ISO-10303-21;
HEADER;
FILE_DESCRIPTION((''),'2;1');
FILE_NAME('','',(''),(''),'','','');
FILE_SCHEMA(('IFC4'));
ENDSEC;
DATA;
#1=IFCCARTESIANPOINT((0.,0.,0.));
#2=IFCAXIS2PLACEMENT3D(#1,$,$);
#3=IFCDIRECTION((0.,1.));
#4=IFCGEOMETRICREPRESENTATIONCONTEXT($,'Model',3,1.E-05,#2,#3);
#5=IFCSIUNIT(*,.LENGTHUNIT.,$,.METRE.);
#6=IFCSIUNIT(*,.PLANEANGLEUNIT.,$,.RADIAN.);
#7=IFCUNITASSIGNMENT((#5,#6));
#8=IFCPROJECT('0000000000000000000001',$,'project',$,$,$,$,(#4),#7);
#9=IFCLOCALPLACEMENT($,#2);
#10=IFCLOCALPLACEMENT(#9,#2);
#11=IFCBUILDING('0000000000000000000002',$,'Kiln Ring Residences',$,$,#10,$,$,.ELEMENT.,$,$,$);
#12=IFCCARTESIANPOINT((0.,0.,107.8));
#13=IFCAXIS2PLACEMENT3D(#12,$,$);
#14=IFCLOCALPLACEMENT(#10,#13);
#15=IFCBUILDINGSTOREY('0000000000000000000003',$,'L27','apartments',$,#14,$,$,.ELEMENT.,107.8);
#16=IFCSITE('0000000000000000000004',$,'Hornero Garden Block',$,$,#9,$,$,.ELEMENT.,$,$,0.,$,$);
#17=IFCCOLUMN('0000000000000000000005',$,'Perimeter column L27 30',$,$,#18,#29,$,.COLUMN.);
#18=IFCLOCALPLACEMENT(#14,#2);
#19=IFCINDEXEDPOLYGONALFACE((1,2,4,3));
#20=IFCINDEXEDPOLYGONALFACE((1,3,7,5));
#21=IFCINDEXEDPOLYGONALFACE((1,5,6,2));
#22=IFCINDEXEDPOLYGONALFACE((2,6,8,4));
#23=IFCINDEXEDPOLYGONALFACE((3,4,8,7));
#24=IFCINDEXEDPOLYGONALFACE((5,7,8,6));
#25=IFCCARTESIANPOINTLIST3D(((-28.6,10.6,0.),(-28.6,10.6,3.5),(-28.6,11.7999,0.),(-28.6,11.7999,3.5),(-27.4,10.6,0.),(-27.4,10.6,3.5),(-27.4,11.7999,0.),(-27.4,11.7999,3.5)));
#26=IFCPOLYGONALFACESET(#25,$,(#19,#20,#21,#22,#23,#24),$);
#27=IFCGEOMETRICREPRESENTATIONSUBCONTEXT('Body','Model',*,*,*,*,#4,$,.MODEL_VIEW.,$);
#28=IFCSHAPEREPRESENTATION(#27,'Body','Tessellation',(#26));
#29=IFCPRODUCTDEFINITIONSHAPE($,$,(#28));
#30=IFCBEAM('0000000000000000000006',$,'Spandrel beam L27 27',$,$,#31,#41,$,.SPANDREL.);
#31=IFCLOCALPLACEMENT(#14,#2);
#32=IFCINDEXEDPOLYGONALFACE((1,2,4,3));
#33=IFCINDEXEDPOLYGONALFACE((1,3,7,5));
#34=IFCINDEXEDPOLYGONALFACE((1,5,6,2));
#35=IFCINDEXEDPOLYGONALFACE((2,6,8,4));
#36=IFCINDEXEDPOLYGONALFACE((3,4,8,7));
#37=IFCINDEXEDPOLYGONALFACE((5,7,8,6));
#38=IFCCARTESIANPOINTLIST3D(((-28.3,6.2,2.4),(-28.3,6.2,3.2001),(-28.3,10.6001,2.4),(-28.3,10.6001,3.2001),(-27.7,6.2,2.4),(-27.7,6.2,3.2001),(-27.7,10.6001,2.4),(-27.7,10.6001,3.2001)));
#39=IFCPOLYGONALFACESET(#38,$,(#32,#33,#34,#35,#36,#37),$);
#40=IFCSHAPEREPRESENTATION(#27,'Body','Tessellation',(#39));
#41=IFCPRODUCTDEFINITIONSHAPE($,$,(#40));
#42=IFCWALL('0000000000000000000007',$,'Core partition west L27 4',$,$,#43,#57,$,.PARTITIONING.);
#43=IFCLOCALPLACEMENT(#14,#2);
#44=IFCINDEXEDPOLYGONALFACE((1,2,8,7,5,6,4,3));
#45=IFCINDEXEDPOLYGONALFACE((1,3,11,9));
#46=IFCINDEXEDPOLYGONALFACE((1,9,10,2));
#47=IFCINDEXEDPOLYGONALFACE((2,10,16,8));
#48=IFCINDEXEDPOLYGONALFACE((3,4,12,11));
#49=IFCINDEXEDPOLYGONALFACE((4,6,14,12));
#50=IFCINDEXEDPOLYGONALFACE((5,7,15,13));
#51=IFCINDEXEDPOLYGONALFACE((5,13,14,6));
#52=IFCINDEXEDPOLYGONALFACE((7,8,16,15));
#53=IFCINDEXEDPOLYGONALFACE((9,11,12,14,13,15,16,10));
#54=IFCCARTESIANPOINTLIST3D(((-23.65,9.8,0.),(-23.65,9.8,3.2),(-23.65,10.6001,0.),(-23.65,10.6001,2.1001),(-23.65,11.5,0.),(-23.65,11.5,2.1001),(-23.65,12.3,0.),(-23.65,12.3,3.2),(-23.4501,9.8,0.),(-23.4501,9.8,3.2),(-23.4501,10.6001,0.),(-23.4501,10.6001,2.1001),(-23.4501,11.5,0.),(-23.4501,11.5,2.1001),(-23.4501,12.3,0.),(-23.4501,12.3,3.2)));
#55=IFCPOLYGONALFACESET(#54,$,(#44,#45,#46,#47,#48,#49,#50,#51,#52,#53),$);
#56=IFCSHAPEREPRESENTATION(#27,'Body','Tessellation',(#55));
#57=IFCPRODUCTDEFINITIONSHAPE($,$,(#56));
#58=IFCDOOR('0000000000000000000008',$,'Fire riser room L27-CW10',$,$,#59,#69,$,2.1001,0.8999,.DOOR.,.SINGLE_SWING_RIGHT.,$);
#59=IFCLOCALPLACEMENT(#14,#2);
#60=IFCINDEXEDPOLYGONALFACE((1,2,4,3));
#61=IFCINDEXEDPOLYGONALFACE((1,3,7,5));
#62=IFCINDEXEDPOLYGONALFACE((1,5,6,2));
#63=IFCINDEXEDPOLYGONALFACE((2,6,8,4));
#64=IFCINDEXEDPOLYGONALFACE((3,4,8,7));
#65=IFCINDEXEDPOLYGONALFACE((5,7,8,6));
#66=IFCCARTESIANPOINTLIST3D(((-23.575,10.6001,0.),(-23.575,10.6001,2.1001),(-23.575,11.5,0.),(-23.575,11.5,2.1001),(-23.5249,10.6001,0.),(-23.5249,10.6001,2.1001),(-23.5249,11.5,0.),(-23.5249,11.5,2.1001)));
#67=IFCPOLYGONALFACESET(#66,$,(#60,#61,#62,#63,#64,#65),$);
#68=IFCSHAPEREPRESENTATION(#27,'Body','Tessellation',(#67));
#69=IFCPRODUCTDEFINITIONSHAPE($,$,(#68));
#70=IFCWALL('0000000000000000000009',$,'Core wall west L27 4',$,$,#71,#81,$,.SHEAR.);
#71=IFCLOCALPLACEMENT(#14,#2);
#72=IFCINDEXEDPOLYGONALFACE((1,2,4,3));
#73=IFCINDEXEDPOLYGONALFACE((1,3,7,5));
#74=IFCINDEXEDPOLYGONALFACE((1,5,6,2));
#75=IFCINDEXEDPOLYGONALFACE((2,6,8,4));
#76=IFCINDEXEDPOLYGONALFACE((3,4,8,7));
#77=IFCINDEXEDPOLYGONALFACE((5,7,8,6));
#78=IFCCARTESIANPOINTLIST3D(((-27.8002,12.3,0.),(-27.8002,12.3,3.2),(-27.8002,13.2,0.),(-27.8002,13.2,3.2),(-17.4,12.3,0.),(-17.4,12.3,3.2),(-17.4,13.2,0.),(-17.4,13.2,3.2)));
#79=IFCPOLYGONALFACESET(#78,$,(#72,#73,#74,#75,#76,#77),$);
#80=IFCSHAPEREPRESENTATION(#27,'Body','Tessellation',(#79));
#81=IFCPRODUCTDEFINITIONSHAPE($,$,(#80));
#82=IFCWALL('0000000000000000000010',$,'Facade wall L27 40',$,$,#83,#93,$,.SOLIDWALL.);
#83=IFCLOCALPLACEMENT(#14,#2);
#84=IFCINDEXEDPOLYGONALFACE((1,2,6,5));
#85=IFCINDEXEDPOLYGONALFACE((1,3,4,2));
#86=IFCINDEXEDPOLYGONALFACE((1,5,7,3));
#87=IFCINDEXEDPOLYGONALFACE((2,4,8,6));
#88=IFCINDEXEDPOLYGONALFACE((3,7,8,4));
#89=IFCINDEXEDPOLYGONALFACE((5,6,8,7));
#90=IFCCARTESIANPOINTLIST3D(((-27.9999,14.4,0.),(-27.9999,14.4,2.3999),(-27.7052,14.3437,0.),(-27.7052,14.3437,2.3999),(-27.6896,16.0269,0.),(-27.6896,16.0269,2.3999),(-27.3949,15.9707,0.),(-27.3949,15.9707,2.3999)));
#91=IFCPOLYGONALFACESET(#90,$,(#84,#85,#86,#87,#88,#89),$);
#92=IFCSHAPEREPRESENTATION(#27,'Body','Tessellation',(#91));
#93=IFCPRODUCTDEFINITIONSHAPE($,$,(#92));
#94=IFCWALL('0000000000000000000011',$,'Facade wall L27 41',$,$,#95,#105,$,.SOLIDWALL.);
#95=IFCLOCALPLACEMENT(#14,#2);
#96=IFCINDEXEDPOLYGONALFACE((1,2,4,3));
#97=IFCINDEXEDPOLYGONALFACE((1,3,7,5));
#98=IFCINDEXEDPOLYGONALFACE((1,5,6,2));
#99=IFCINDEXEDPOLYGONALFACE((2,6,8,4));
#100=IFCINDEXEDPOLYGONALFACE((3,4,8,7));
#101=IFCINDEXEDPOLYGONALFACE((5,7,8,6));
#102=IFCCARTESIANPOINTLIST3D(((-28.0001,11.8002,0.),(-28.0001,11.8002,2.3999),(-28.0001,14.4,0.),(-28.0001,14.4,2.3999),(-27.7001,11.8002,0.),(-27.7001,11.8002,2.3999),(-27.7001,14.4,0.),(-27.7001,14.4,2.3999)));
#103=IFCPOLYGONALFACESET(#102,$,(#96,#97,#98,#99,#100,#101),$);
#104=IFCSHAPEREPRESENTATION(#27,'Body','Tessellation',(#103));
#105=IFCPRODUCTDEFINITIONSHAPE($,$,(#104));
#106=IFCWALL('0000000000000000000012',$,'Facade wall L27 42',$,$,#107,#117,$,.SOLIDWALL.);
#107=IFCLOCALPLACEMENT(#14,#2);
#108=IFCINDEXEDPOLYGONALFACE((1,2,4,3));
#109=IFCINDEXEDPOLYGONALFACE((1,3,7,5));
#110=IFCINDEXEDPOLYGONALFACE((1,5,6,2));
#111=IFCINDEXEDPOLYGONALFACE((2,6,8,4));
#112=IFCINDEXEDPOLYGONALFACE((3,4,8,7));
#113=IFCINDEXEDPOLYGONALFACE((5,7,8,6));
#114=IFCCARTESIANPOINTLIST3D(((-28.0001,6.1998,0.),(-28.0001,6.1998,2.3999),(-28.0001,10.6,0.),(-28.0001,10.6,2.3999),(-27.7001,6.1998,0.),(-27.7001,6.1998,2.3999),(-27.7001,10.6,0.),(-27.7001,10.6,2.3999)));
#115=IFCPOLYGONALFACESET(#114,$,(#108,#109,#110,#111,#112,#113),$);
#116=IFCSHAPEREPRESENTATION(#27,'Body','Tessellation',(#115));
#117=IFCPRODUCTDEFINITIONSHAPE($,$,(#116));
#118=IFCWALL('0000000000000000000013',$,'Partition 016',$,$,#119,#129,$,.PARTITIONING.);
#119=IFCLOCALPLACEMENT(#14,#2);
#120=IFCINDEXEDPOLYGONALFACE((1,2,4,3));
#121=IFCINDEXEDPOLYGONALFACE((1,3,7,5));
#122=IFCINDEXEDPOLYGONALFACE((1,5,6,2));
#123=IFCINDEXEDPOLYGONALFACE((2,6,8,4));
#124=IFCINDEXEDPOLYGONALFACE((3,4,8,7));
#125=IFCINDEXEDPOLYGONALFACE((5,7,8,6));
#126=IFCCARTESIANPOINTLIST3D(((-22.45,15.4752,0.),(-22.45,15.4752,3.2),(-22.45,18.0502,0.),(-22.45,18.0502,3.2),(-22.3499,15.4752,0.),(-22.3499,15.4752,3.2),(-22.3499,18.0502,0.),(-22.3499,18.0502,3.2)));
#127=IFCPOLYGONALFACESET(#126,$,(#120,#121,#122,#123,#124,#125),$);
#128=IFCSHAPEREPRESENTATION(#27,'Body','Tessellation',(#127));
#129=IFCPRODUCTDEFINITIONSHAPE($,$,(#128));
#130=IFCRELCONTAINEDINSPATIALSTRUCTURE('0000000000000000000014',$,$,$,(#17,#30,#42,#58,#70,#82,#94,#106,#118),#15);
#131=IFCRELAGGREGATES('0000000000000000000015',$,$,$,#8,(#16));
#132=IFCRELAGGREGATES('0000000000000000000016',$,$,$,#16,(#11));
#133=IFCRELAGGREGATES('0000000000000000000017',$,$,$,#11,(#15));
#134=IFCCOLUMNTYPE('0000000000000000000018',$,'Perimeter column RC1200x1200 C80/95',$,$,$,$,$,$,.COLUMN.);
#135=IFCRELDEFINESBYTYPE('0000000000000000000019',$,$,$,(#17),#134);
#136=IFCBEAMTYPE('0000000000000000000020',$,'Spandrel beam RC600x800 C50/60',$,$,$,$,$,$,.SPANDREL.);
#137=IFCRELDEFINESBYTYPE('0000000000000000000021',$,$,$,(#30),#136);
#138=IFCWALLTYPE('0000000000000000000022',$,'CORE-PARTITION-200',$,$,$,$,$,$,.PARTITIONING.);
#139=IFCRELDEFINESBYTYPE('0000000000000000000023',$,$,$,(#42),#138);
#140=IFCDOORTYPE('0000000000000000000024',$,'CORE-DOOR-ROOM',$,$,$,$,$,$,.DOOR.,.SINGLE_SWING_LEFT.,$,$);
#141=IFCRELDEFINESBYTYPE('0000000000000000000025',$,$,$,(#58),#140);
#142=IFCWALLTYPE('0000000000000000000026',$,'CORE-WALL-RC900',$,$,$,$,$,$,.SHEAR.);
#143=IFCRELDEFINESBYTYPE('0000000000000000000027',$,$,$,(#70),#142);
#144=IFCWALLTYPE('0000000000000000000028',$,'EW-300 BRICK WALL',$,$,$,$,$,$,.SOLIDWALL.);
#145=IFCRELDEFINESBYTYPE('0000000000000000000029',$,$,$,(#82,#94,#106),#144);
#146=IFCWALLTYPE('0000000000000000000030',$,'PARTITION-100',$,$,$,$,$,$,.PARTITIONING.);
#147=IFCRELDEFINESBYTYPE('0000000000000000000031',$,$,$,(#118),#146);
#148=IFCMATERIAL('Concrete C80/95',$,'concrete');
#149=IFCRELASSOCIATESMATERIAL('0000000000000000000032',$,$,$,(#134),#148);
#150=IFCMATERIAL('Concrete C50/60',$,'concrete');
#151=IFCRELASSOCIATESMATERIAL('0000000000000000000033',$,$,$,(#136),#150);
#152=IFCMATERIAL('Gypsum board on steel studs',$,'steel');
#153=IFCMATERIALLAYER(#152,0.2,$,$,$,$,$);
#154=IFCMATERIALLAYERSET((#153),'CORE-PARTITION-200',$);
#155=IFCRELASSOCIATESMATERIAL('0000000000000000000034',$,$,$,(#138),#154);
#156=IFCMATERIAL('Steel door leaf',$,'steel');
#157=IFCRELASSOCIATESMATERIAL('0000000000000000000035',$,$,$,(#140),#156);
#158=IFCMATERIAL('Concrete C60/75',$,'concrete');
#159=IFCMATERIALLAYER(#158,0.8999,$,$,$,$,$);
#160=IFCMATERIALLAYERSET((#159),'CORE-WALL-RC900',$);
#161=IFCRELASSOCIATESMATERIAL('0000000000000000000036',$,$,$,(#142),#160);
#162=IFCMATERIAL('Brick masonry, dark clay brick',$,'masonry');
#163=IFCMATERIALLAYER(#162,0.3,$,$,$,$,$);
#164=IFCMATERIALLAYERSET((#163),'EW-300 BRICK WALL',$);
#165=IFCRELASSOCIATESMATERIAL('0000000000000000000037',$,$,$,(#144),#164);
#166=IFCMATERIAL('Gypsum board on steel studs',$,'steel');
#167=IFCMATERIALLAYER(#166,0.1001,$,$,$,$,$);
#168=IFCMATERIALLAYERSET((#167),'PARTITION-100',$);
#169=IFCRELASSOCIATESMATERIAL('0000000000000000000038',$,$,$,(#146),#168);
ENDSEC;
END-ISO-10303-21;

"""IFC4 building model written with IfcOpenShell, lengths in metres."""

from ifc_helpers import new_model, si_unit, direction, frame, frame_2d, origin, origin_2d, place, context, subcontext, project, spatial, rectangle, extrude, material, layer, layer_set, material_profile, profile_set, type_object, element, fill, save


model = new_model("IFC4")

# Units and contexts
model_context = context("Model", 3, precision=1e-05, world=origin(), true_north=direction((0.0, 1.0)))
body_context = subcontext(model_context, "Body", "Model", "MODEL_VIEW")
ifc_project = project(units=[si_unit("LENGTHUNIT", "METRE"), si_unit("PLANEANGLEUNIT", "RADIAN")], contexts=[model_context])

# Site, building, storey
site_placement = place(None, origin())
site = spatial("IfcSite", under=ifc_project, at=site_placement, Name="Hornero Garden Block", CompositionType="ELEMENT", RefElevation=0.0)
building_placement = place(site_placement, origin())
building = spatial("IfcBuilding", under=site, at=building_placement, Name="Kiln Ring Residences", CompositionType="ELEMENT")
storey_placement = place(building_placement, frame((0.0, 0.0, 107.8)))
storey = spatial("IfcBuildingStorey", under=building, at=storey_placement, Name="L27", Description="apartments", CompositionType="ELEMENT", Elevation=107.8)

# Column
ifc_material_1 = material(Name="Concrete C80/95", Category="concrete")
ifc_material_profile_1 = material_profile(ifc_material_1, rectangle(XDim=1.2, YDim=1.2, at=origin_2d()), Name="RC1200x1200")
ifc_profile_set_1 = profile_set([ifc_material_profile_1], Name="Concrete C80/95")
column_type = type_object("IfcColumnType", Name="Perimeter column RC1200x1200 C80/95", PredefinedType="COLUMN", material=ifc_profile_set_1)
column_placement = place(storey_placement, frame((-28.0, 11.2, 0.0), z_axis=(0.0, 0.0, 1.0), x_axis=(1.0, 0.0, 0.0)))
element("IfcColumn", 1, at=column_placement, inside=storey, type_object=column_type, Name="Perimeter column L27 30", PredefinedType="COLUMN", context=body_context, shape_type="SweptSolid", body=[
    extrude(rectangle(XDim=1.2, YDim=1.2, at=origin_2d()), origin(), (0.0, 0.0, 1.0), 3.5),
])

# Beam
ifc_material_2 = material(Name="Concrete C50/60", Category="concrete")
ifc_material_profile_2 = material_profile(ifc_material_2, rectangle(XDim=0.6001, YDim=0.8, at=origin_2d()), Name="RC600x800")
ifc_profile_set_2 = profile_set([ifc_material_profile_2], Name="Concrete C50/60")
beam_type = type_object("IfcBeamType", Name="Spandrel beam RC600x800 C50/60", PredefinedType="SPANDREL", material=ifc_profile_set_2)
beam_placement = place(storey_placement, frame((-28.0, 10.6001, 2.8), z_axis=(0.0, -1.0, 0.0), x_axis=(1.0, 0.0, 0.0)))
element("IfcBeam", 2, at=beam_placement, inside=storey, type_object=beam_type, Name="Spandrel beam L27 27", PredefinedType="SPANDREL", context=body_context, shape_type="SweptSolid", body=[
    extrude(rectangle(XDim=0.6001, YDim=0.8, at=origin_2d()), origin(), (0.0, 0.0, 1.0), 4.4001),
])

# Wall, opening, door
ifc_material_3 = material(Name="Gypsum board on steel studs", Category="steel")
ifc_layer_1 = layer(ifc_material_3, 0.2)
ifc_layer_set_1 = layer_set([ifc_layer_1], Name="CORE-PARTITION-200")
wall_type_1 = type_object("IfcWallType", Name="CORE-PARTITION-200", PredefinedType="PARTITIONING", material=ifc_layer_set_1)
wall_1_placement = place(storey_placement, frame((-23.55, 9.8, 0.0), z_axis=(0.0, 0.0, 1.0), x_axis=(0.0, 1.0, 0.0)))
wall_1 = element("IfcWall", 3, at=wall_1_placement, inside=storey, type_object=wall_type_1, Name="Core partition west L27 4", PredefinedType="PARTITIONING", context=body_context, shape_type="SweptSolid", body=[
    extrude(rectangle(XDim=2.5, YDim=0.2, at=frame_2d((1.25, 0.0))), origin(), (0.0, 0.0, 1.0), 3.2),
])
opening_1_placement = place(wall_1_placement, frame((0.8, 0.0, 0.0)))
opening_1 = element("IfcOpeningElement", 4, at=opening_1_placement, cuts=wall_1, PredefinedType="OPENING", context=body_context, shape_type="SweptSolid", body=[
    extrude(rectangle(XDim=0.8999, YDim=2.1001, at=frame_2d((0.45, 1.05))), frame((0.0, 0.1099, 0.0), z_axis=(0.0, -1.0, 0.0), x_axis=(1.0, 0.0, 0.0)), (0.0, 0.0, 1.0), 0.22),
])
ifc_material_4 = material(Name="Steel door leaf", Category="steel")
door_type_1 = type_object("IfcDoorType", Name="CORE-DOOR-ROOM", OperationType="SINGLE_SWING_LEFT", PredefinedType="DOOR", material=ifc_material_4)
door_1_placement = place(opening_1_placement, origin())
door_1 = element("IfcDoor", 5, at=door_1_placement, inside=storey, type_object=door_type_1, Name="Fire riser room L27-CW10", OperationType="SINGLE_SWING_RIGHT", OverallHeight=2.1001, OverallWidth=0.8999, PredefinedType="DOOR", context=body_context, shape_type="SweptSolid", body=[
    extrude(rectangle(XDim=0.8999, YDim=2.1001, at=frame_2d((0.45, 1.05))), frame((0.0, 0.0249, 0.0), z_axis=(0.0, -1.0, 0.0), x_axis=(1.0, 0.0, 0.0)), (0.0, 0.0, 1.0), 0.05),
])
fill(opening_1, door_1)

# Walls
ifc_material_5 = material(Name="Concrete C60/75", Category="concrete")
ifc_layer_2 = layer(ifc_material_5, 0.8999)
ifc_layer_set_2 = layer_set([ifc_layer_2], Name="CORE-WALL-RC900")
wall_type_2 = type_object("IfcWallType", Name="CORE-WALL-RC900", PredefinedType="SHEAR", material=ifc_layer_set_2)
wall_2_placement = place(storey_placement, frame((-17.3999, 12.75, 0.0), z_axis=(0.0, 0.0, 1.0), x_axis=(-1.0, 0.0, 0.0)))
element("IfcWall", 6, at=wall_2_placement, inside=storey, type_object=wall_type_2, Name="Core wall west L27 4", PredefinedType="SHEAR", context=body_context, shape_type="SweptSolid", body=[
    extrude(rectangle(XDim=10.4001, YDim=0.8999, at=frame_2d((5.2002, 0.0))), origin(), (0.0, 0.0, 1.0), 3.2),
])
ifc_material_6 = material(Name="Brick masonry, dark clay brick", Category="masonry")
ifc_layer_3 = layer(ifc_material_6, 0.3)
ifc_layer_set_3 = layer_set([ifc_layer_3], Name="EW-300 BRICK WALL")
wall_type_3 = type_object("IfcWallType", Name="EW-300 BRICK WALL", PredefinedType="SOLIDWALL", material=ifc_layer_set_3)
wall_3_placement = place(storey_placement, frame((-27.5422, 15.9988, 0.0), z_axis=(0.0, 0.0, 1.0), x_axis=(-0.187349, -0.982293, 0.0)))
element("IfcWall", 7, at=wall_3_placement, inside=storey, type_object=wall_type_3, Name="Facade wall L27 40", PredefinedType="SOLIDWALL", context=body_context, shape_type="SweptSolid", body=[
    extrude(rectangle(XDim=1.6562, YDim=0.3, at=frame_2d((0.8281, 0.0))), origin(), (0.0, 0.0, 1.0), 2.3999),
])
wall_4_placement = place(storey_placement, frame((-27.8501, 14.3999, 0.0), z_axis=(0.0, 0.0, 1.0), x_axis=(0.0, -1.0, 0.0)))
element("IfcWall", 8, at=wall_4_placement, inside=storey, type_object=wall_type_3, Name="Facade wall L27 41", PredefinedType="SOLIDWALL", context=body_context, shape_type="SweptSolid", body=[
    extrude(rectangle(XDim=2.5999, YDim=0.3, at=frame_2d((1.2998, 0.0))), origin(), (0.0, 0.0, 1.0), 2.3999),
])
wall_5_placement = place(storey_placement, frame((-27.8501, 10.6001, 0.0), z_axis=(0.0, 0.0, 1.0), x_axis=(0.0, -1.0, 0.0)))
element("IfcWall", 9, at=wall_5_placement, inside=storey, type_object=wall_type_3, Name="Facade wall L27 42", PredefinedType="SOLIDWALL", context=body_context, shape_type="SweptSolid", body=[
    extrude(rectangle(XDim=4.4001, YDim=0.3, at=frame_2d((2.2002, 0.0))), origin(), (0.0, 0.0, 1.0), 2.3999),
])
ifc_material_7 = material(Name="Gypsum board on steel studs", Category="steel")
ifc_layer_4 = layer(ifc_material_7, 0.1001)
ifc_layer_set_4 = layer_set([ifc_layer_4], Name="PARTITION-100")
wall_type_4 = type_object("IfcWallType", Name="PARTITION-100", PredefinedType="PARTITIONING", material=ifc_layer_set_4)
wall_6_placement = place(storey_placement, frame((-22.3999, 15.4751, 0.0), z_axis=(0.0, 0.0, 1.0), x_axis=(0.0, 1.0, 0.0)))
element("IfcWall", 10, at=wall_6_placement, inside=storey, type_object=wall_type_4, Name="Partition 016", PredefinedType="PARTITIONING", context=body_context, shape_type="SweptSolid", body=[
    extrude(rectangle(XDim=2.575, YDim=0.1001, at=frame_2d((1.2876, 0.0))), origin(), (0.0, 0.0, 1.0), 3.2),
])

save(model, "model.ifc")
